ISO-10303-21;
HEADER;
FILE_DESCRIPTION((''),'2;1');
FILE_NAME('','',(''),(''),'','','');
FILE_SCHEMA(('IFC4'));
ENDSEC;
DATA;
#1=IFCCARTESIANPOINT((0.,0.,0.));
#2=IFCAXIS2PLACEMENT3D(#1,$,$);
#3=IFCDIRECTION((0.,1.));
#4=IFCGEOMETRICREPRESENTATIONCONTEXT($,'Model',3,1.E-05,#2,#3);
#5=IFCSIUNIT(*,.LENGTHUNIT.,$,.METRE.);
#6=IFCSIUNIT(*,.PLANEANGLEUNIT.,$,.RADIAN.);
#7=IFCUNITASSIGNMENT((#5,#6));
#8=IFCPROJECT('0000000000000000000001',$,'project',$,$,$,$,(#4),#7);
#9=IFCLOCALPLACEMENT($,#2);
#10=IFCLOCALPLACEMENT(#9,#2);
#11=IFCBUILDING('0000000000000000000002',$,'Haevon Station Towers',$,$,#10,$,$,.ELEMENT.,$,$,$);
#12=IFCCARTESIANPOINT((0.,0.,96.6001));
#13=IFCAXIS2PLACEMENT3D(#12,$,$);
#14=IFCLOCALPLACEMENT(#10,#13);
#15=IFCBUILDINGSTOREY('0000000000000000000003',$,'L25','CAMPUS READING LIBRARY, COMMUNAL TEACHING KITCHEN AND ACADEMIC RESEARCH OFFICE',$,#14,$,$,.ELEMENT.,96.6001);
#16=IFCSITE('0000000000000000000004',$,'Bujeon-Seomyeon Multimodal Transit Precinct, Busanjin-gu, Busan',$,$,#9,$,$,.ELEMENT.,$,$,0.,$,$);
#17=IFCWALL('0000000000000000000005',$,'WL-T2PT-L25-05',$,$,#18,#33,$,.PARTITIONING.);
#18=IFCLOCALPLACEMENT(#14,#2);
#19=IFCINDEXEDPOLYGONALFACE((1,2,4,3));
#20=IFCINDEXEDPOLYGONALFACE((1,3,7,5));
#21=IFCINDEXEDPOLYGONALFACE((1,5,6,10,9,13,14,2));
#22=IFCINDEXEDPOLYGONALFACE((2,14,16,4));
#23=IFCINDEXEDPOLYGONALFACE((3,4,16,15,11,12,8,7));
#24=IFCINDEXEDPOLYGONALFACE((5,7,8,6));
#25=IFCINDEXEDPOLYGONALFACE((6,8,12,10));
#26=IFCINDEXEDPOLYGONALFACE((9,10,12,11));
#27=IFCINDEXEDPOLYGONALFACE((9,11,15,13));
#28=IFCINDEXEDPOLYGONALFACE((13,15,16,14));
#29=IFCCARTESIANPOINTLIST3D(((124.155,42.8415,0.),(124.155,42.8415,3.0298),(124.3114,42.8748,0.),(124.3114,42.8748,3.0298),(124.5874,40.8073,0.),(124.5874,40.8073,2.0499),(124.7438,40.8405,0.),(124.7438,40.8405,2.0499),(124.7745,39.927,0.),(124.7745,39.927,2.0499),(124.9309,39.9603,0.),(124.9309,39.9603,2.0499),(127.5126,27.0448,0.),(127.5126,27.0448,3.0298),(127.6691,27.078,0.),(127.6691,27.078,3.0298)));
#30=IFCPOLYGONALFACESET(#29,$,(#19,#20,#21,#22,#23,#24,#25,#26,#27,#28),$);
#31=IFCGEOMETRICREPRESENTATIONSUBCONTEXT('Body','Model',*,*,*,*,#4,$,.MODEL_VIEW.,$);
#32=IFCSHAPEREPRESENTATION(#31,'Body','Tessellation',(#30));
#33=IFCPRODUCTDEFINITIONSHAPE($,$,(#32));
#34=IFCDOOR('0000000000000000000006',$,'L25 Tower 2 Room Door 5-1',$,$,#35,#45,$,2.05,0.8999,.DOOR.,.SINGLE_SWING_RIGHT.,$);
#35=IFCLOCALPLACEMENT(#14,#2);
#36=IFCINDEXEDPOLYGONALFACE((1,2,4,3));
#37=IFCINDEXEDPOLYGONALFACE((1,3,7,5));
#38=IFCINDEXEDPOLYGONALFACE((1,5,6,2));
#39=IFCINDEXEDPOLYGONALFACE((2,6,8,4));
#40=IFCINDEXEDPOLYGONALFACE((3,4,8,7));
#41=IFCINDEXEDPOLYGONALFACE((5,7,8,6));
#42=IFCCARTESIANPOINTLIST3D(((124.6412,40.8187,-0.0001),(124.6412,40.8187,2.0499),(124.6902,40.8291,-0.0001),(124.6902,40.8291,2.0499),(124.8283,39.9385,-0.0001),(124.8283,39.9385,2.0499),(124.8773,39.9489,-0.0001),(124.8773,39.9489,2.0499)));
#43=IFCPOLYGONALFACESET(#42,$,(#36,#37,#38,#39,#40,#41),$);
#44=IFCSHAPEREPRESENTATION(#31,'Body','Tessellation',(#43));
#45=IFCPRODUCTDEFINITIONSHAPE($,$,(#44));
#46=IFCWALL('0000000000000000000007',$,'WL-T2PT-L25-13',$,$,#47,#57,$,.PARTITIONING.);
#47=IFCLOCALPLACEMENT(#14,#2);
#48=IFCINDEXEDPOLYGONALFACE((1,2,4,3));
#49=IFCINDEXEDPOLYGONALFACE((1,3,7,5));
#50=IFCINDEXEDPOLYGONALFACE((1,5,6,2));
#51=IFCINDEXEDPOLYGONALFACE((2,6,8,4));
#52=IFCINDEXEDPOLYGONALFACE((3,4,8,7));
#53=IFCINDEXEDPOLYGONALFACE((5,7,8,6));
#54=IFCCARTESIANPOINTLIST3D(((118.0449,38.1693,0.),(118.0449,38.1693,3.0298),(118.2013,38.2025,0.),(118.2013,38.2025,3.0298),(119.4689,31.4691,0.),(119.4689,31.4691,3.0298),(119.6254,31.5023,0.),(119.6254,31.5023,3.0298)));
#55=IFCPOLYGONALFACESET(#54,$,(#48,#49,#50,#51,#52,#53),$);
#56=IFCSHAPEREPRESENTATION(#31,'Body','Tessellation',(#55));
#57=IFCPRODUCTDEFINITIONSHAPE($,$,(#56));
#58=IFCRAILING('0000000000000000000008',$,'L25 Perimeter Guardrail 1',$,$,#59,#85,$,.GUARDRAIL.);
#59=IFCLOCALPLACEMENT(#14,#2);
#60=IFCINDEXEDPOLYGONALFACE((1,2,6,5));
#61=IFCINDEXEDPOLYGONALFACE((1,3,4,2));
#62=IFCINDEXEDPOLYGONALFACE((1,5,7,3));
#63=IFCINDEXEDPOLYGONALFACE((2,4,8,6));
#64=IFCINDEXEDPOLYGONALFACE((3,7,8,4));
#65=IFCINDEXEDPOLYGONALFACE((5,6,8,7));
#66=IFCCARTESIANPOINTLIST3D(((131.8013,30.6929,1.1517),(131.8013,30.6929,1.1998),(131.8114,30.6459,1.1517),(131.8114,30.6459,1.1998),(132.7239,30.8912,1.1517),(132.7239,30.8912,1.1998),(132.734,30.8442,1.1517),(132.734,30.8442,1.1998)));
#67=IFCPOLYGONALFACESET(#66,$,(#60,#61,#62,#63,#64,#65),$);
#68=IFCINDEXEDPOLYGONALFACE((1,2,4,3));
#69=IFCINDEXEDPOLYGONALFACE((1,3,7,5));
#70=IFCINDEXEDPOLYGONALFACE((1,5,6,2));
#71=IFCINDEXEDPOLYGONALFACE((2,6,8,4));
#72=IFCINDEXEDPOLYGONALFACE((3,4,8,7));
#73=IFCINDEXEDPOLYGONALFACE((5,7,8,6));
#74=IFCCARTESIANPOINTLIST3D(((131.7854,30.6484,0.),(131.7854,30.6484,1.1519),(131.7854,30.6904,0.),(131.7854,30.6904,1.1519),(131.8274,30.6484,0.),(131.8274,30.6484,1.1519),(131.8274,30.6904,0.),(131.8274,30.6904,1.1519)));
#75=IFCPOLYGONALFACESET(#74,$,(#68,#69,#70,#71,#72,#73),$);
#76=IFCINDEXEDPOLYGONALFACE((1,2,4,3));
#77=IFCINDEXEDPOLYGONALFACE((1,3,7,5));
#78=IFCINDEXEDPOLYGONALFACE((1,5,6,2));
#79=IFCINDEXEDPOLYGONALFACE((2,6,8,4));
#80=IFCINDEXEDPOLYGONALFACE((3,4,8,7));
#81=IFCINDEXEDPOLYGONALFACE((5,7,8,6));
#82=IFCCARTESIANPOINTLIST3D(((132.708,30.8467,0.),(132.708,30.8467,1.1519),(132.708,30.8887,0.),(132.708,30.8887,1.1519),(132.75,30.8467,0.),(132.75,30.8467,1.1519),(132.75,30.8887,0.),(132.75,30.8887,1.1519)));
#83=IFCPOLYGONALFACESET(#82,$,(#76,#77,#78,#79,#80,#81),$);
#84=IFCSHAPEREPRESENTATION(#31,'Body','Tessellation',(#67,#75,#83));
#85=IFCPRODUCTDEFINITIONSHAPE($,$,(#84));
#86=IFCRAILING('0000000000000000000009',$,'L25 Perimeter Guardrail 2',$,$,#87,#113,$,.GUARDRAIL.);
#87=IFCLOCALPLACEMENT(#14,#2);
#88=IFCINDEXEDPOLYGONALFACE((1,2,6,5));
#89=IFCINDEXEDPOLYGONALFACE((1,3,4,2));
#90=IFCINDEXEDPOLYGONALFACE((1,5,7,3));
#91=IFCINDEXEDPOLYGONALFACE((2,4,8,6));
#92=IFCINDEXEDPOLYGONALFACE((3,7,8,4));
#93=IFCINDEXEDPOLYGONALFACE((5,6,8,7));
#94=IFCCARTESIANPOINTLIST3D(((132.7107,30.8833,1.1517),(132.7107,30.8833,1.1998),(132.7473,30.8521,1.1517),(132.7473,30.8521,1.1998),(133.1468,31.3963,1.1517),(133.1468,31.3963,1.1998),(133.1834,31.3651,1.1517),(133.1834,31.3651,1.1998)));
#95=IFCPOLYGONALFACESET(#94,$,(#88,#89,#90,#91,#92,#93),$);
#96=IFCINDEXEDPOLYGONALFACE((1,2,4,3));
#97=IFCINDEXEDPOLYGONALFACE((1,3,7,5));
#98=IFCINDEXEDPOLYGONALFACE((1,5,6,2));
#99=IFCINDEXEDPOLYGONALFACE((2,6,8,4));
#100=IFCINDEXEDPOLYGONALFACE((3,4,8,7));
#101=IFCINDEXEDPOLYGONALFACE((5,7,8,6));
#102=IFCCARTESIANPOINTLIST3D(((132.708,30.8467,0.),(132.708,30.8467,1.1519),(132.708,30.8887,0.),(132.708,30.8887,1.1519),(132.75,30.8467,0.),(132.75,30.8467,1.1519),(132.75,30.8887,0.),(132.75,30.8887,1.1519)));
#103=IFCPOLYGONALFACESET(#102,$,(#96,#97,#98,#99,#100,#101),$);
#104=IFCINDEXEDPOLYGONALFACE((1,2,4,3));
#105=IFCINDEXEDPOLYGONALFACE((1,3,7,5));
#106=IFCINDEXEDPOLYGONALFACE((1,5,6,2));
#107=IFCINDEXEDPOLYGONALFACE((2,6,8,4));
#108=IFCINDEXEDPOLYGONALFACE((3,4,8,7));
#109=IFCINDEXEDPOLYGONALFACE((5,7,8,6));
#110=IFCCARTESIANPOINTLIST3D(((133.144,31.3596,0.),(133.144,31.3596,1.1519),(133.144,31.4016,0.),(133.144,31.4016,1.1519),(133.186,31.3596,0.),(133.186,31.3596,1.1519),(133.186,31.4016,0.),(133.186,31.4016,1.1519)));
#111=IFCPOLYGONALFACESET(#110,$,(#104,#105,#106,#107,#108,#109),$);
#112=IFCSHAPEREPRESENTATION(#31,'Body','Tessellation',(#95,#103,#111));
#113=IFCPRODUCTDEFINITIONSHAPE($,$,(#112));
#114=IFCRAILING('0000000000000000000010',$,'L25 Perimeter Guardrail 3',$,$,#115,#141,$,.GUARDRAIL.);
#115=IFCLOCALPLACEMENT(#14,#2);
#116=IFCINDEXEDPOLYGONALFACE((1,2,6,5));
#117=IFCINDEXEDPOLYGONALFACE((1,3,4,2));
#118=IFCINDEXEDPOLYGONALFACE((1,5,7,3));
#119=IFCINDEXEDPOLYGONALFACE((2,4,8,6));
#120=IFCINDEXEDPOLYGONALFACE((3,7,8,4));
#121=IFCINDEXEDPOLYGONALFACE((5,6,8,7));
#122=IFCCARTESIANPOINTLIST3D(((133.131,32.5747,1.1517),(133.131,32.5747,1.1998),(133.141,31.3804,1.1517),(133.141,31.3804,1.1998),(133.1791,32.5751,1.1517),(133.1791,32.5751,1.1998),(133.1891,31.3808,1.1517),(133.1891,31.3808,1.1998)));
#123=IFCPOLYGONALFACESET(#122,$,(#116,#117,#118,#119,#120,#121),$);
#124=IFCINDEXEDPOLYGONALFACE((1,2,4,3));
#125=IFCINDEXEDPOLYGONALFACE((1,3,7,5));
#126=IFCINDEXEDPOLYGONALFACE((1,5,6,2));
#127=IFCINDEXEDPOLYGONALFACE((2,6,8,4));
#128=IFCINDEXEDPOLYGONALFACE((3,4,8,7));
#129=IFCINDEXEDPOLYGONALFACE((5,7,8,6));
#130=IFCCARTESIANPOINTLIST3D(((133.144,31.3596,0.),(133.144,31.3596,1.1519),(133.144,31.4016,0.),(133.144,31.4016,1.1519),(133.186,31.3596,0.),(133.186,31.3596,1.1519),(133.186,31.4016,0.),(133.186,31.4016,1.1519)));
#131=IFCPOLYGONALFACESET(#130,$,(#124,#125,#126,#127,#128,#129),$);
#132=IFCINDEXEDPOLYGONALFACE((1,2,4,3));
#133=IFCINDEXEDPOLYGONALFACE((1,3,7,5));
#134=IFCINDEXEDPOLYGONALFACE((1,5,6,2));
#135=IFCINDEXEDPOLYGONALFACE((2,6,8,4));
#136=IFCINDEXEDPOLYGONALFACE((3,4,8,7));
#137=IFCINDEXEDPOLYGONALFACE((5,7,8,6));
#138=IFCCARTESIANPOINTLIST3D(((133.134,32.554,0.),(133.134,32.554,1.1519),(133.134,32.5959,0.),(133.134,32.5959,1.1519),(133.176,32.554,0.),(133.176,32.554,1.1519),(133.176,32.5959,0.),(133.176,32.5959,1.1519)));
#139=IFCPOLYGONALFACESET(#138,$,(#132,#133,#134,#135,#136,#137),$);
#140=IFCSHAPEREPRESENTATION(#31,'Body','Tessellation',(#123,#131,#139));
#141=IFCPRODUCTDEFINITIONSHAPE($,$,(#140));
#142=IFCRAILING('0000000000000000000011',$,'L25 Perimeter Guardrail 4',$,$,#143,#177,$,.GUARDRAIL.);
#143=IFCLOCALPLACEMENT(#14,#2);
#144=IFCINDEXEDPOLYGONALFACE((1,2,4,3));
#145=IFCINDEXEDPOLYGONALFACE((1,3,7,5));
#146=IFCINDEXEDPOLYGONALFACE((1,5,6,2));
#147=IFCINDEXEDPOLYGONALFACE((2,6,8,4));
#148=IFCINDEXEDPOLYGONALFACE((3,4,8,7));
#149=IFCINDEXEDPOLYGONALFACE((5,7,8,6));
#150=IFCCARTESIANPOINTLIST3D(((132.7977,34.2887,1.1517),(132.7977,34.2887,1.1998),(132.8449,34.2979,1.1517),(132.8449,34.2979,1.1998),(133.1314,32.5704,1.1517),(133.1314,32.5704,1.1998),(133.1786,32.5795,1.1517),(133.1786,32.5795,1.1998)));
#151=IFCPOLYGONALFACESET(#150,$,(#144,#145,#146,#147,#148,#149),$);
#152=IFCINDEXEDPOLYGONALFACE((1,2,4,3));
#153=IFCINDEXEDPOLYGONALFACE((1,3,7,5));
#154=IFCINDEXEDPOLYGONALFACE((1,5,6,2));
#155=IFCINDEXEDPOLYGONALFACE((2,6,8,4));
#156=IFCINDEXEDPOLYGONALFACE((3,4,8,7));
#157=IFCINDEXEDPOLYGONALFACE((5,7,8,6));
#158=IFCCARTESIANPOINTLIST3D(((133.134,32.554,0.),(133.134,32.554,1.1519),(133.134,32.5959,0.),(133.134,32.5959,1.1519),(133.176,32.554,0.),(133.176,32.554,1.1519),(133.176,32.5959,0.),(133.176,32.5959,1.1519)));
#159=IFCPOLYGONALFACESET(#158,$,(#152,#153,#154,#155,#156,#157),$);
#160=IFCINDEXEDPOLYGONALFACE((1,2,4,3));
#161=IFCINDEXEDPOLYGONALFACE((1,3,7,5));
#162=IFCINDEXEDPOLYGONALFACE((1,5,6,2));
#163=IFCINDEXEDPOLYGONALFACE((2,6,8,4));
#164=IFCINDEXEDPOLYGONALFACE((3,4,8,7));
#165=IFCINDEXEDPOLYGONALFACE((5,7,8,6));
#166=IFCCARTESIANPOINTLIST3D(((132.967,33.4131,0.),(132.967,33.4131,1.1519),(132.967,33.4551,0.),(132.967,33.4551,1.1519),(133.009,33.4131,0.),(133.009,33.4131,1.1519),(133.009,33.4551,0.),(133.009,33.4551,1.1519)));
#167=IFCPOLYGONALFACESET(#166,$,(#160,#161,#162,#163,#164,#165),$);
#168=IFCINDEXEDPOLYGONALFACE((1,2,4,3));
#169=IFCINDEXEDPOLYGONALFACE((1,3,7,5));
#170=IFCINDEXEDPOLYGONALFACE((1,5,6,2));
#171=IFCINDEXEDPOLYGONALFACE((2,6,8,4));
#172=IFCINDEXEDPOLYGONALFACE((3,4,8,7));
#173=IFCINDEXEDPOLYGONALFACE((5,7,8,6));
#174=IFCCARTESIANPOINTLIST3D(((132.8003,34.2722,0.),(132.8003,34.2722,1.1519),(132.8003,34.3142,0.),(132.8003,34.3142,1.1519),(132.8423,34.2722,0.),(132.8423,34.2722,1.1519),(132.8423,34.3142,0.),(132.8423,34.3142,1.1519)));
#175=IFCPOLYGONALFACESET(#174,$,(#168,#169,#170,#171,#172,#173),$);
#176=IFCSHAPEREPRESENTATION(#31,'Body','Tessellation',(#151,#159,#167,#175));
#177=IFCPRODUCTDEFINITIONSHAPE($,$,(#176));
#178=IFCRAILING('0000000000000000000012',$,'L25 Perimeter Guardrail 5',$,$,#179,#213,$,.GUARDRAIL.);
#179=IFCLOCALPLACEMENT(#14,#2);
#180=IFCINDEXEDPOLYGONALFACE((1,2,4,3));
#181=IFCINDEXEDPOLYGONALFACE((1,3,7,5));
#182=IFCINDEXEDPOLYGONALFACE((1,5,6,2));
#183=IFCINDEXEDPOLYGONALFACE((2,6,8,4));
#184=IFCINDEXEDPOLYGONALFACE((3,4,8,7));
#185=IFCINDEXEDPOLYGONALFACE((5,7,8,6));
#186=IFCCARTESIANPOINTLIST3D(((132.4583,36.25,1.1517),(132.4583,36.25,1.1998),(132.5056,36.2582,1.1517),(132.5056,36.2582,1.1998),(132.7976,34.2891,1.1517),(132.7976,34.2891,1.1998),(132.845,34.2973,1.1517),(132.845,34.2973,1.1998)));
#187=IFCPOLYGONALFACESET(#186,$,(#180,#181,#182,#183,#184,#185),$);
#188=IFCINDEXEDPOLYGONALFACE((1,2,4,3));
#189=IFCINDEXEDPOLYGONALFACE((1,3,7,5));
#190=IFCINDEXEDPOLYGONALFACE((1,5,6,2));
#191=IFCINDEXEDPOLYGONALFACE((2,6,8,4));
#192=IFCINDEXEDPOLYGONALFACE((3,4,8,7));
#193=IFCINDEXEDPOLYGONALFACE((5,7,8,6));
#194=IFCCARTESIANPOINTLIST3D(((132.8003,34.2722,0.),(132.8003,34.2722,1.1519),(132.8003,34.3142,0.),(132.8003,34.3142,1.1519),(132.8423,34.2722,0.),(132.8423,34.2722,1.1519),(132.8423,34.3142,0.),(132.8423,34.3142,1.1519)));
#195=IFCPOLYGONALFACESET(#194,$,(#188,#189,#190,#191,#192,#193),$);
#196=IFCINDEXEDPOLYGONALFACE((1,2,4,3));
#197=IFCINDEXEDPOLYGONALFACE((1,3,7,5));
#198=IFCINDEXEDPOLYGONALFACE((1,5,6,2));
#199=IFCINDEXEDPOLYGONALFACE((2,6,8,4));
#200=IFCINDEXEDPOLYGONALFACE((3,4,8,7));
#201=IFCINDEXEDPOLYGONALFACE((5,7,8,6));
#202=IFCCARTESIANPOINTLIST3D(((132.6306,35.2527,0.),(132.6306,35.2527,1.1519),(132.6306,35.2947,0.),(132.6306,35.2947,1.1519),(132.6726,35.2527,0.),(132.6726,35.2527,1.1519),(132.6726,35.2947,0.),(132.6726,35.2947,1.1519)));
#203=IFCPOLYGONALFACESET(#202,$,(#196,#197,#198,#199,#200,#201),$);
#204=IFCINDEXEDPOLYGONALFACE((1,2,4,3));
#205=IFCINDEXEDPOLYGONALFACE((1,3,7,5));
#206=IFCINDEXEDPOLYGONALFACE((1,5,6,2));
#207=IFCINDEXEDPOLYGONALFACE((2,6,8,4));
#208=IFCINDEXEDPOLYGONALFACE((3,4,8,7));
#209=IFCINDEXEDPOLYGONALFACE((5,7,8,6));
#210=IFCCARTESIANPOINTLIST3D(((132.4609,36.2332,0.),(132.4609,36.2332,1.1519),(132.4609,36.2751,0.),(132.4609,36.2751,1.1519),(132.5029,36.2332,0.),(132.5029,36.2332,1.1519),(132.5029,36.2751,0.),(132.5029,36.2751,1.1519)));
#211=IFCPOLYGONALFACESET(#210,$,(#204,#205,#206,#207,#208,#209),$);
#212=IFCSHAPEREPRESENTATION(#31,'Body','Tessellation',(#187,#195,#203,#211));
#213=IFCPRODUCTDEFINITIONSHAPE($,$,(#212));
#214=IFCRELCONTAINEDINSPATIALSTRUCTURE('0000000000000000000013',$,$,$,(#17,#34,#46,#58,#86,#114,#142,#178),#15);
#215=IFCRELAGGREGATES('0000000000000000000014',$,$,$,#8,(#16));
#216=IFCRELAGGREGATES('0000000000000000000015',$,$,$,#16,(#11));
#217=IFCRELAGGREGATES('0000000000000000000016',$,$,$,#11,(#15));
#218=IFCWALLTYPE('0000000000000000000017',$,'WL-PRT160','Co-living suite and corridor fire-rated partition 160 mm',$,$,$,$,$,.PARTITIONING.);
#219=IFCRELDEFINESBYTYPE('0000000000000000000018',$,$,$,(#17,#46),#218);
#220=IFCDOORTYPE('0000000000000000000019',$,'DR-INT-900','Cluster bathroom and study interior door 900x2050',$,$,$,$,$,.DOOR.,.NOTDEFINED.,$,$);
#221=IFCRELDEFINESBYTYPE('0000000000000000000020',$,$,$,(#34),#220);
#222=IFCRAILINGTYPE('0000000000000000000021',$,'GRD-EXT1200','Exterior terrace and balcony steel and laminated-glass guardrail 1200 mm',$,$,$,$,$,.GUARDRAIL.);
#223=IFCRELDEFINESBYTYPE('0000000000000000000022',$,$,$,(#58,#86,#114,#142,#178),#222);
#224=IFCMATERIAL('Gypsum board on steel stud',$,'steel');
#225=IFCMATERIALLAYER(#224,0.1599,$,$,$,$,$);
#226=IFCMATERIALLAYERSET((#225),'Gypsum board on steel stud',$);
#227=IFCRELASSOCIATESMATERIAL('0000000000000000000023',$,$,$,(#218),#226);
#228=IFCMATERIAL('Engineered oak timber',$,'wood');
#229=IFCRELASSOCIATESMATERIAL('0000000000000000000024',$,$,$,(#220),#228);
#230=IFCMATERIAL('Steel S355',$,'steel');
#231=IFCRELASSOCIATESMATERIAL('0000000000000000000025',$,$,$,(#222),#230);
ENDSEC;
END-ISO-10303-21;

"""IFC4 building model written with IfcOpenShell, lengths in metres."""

from ifc_helpers import new_model, si_unit, direction, frame, frame_2d, origin, origin_2d, place, context, subcontext, project, spatial, rectangle, extrude, material, layer, layer_set, type_object, element, fill, save


model = new_model("IFC4")

# Units and contexts
model_context = context("Model", 3, precision=1e-05, world=origin(), true_north=direction((0.0, 1.0)))
body_context = subcontext(model_context, "Body", "Model", "MODEL_VIEW")
ifc_project = project(units=[si_unit("LENGTHUNIT", "METRE"), si_unit("PLANEANGLEUNIT", "RADIAN")], contexts=[model_context])

# Site, building, storey
site_placement = place(None, origin())
site = spatial("IfcSite", under=ifc_project, at=site_placement, Name="Bujeon-Seomyeon Multimodal Transit Precinct, Busanjin-gu, Busan", CompositionType="ELEMENT", RefElevation=0.0)
building_placement = place(site_placement, origin())
building = spatial("IfcBuilding", under=site, at=building_placement, Name="Haevon Station Towers", CompositionType="ELEMENT")
storey_placement = place(building_placement, frame((0.0, 0.0, 96.6001)))
storey = spatial("IfcBuildingStorey", under=building, at=storey_placement, Name="L25", Description="CAMPUS READING LIBRARY, COMMUNAL TEACHING KITCHEN AND ACADEMIC RESEARCH OFFICE", CompositionType="ELEMENT", Elevation=96.6001)

# Shared definitions
ifc_material_1 = material(Name="Steel S355", Category="steel")

# Shared definitions
ifc_material_2 = material(Name="Gypsum board on steel stud", Category="steel")

# Wall, opening, door
ifc_layer_1 = layer(ifc_material_2, 0.1599)
ifc_layer_set_1 = layer_set([ifc_layer_1], Name="Gypsum board on steel stud")
wall_type_1 = type_object("IfcWallType", Name="WL-PRT160", Description="Co-living suite and corridor fire-rated partition 160 mm", PredefinedType="PARTITIONING", material=ifc_layer_set_1)
wall_1_placement = place(storey_placement, frame((127.5908, 27.0615, 0.0), z_axis=(0.0, 0.0, 1.0), x_axis=(-0.207908, 0.978148, 0.0)))
wall_1 = element("IfcWall", 1, at=wall_1_placement, inside=storey, type_object=wall_type_1, Name="WL-T2PT-L25-05", PredefinedType="PARTITIONING", context=body_context, shape_type="SweptSolid", body=[
    extrude(rectangle(XDim=16.1497, YDim=0.1599, at=frame_2d((8.0747, 0.0))), origin(), (0.0, 0.0, 1.0), 3.0298),
])
opening_1_placement = place(wall_1_placement, frame((13.1699, 0.0, 0.0)))
opening_1 = element("IfcOpeningElement", 2, at=opening_1_placement, cuts=wall_1, PredefinedType="OPENING", context=body_context, shape_type="SweptSolid", body=[
    extrude(rectangle(XDim=0.8999, YDim=2.05, at=frame_2d((0.45, 1.0249))), frame((0.0, 0.0898, 0.0), z_axis=(0.0, -1.0, 0.0), x_axis=(1.0, 0.0, 0.0)), (0.0, 0.0, 1.0), 0.1799),
])
ifc_material_3 = material(Name="Engineered oak timber", Category="wood")
door_type = type_object("IfcDoorType", Name="DR-INT-900", Description="Cluster bathroom and study interior door 900x2050", OperationType="NOTDEFINED", PredefinedType="DOOR", material=ifc_material_3)
door_placement = place(opening_1_placement, origin())
door = element("IfcDoor", 3, at=door_placement, inside=storey, type_object=door_type, Name="L25 Tower 2 Room Door 5-1", OperationType="SINGLE_SWING_RIGHT", OverallHeight=2.05, OverallWidth=0.8999, PredefinedType="DOOR", context=body_context, shape_type="SweptSolid", body=[
    extrude(rectangle(XDim=0.8999, YDim=2.05, at=frame_2d((0.45, 1.0249))), frame((0.0, 0.0249, 0.0), z_axis=(0.0, -1.0, 0.0), x_axis=(1.0, 0.0, 0.0)), (0.0, 0.0, 1.0), 0.05),
])
fill(opening_1, door)

# Wall
wall_2_placement = place(storey_placement, frame((119.5471, 31.4858, 0.0), z_axis=(0.0, 0.0, 1.0), x_axis=(-0.207898, 0.978151, 0.0)))
element("IfcWall", 4, at=wall_2_placement, inside=storey, type_object=wall_type_1, Name="WL-T2PT-L25-13", PredefinedType="PARTITIONING", context=body_context, shape_type="SweptSolid", body=[
    extrude(rectangle(XDim=6.8499, YDim=0.1599, at=frame_2d((3.4248, 0.0))), origin(), (0.0, 0.0, 1.0), 3.0298),
])

# Railings
railing_type = type_object("IfcRailingType", Name="GRD-EXT1200", Description="Exterior terrace and balcony steel and laminated-glass guardrail 1200 mm", PredefinedType="GUARDRAIL", material=ifc_material_1)
railing_1_placement = place(storey_placement, frame((131.8064, 30.6694, 0.0)))
element("IfcRailing", 5, at=railing_1_placement, inside=storey, type_object=railing_type, Name="L25 Perimeter Guardrail 1", PredefinedType="GUARDRAIL", context=body_context, shape_type="SweptSolid", body=[
    extrude(rectangle(XDim=0.0481, YDim=0.0481, at=origin_2d()), frame((0.0, 0.0, 1.1758), z_axis=(0.977685, 0.210077, 0.0), x_axis=(-0.210077, 0.977685, 0.0)), (0.0, 0.0, 1.0), 0.9436),
    extrude(rectangle(XDim=0.042, YDim=0.042, at=origin_2d()), origin(), (0.0, 0.0, 1.0), 1.1519),
    extrude(rectangle(XDim=0.042, YDim=0.042, at=origin_2d()), frame((0.9226, 0.1982, 0.0)), (0.0, 0.0, 1.0), 1.1519),
])
railing_2_placement = place(storey_placement, frame((132.729, 30.8677, 0.0)))
element("IfcRailing", 6, at=railing_2_placement, inside=storey, type_object=railing_type, Name="L25 Perimeter Guardrail 2", PredefinedType="GUARDRAIL", context=body_context, shape_type="SweptSolid", body=[
    extrude(rectangle(XDim=0.0481, YDim=0.0481, at=origin_2d()), frame((0.0, 0.0, 1.1758), z_axis=(0.64768, 0.761912, 0.0), x_axis=(-0.761912, 0.64768, 0.0)), (0.0, 0.0, 1.0), 0.6733),
    extrude(rectangle(XDim=0.042, YDim=0.042, at=origin_2d()), origin(), (0.0, 0.0, 1.0), 1.1519),
    extrude(rectangle(XDim=0.042, YDim=0.042, at=origin_2d()), frame((0.436, 0.5129, 0.0)), (0.0, 0.0, 1.0), 1.1519),
])
railing_3_placement = place(storey_placement, frame((133.165, 31.3806, 0.0)))
element("IfcRailing", 7, at=railing_3_placement, inside=storey, type_object=railing_type, Name="L25 Perimeter Guardrail 3", PredefinedType="GUARDRAIL", context=body_context, shape_type="SweptSolid", body=[
    extrude(rectangle(XDim=0.0481, YDim=0.0481, at=origin_2d()), frame((0.0, 0.0, 1.1758), z_axis=(-0.008381, 0.999965, 0.0), x_axis=(-0.999965, -0.008381, 0.0)), (0.0, 0.0, 1.0), 1.1943),
    extrude(rectangle(XDim=0.042, YDim=0.042, at=origin_2d()), origin(), (0.0, 0.0, 1.0), 1.1519),
    extrude(rectangle(XDim=0.042, YDim=0.042, at=origin_2d()), frame((-0.01, 1.1943, 0.0)), (0.0, 0.0, 1.0), 1.1519),
])
railing_4_placement = place(storey_placement, frame((133.155, 32.575, 0.0)))
element("IfcRailing", 8, at=railing_4_placement, inside=storey, type_object=railing_type, Name="L25 Perimeter Guardrail 4", PredefinedType="GUARDRAIL", context=body_context, shape_type="SweptSolid", body=[
    extrude(rectangle(XDim=0.0481, YDim=0.0481, at=origin_2d()), frame((0.0, 0.0, 1.1758), z_axis=(-0.190668, 0.981655, 0.0), x_axis=(-0.981655, -0.190668, 0.0)), (0.0, 0.0, 1.0), 1.7505),
    extrude(rectangle(XDim=0.042, YDim=0.042, at=origin_2d()), origin(), (0.0, 0.0, 1.0), 1.1519),
    extrude(rectangle(XDim=0.042, YDim=0.042, at=origin_2d()), frame((-0.167, 0.8591, 0.0)), (0.0, 0.0, 1.0), 1.1519),
    extrude(rectangle(XDim=0.042, YDim=0.042, at=origin_2d()), frame((-0.3337, 1.7183, 0.0)), (0.0, 0.0, 1.0), 1.1519),
])
railing_5_placement = place(storey_placement, frame((132.8213, 34.2932, 0.0)))
element("IfcRailing", 9, at=railing_5_placement, inside=storey, type_object=railing_type, Name="L25 Perimeter Guardrail 5", PredefinedType="GUARDRAIL", context=body_context, shape_type="SweptSolid", body=[
    extrude(rectangle(XDim=0.0481, YDim=0.0481, at=origin_2d()), frame((0.0, 0.0, 1.1758), z_axis=(-0.170523, 0.985354, 0.0), x_axis=(-0.985354, -0.170523, 0.0)), (0.0, 0.0, 1.0), 1.99),
    extrude(rectangle(XDim=0.042, YDim=0.042, at=origin_2d()), origin(), (0.0, 0.0, 1.0), 1.1519),
    extrude(rectangle(XDim=0.042, YDim=0.042, at=origin_2d()), frame((-0.1697, 0.9805, 0.0)), (0.0, 0.0, 1.0), 1.1519),
    extrude(rectangle(XDim=0.042, YDim=0.042, at=origin_2d()), frame((-0.3394, 1.9609, 0.0)), (0.0, 0.0, 1.0), 1.1519),
])

save(model, "model.ifc")
